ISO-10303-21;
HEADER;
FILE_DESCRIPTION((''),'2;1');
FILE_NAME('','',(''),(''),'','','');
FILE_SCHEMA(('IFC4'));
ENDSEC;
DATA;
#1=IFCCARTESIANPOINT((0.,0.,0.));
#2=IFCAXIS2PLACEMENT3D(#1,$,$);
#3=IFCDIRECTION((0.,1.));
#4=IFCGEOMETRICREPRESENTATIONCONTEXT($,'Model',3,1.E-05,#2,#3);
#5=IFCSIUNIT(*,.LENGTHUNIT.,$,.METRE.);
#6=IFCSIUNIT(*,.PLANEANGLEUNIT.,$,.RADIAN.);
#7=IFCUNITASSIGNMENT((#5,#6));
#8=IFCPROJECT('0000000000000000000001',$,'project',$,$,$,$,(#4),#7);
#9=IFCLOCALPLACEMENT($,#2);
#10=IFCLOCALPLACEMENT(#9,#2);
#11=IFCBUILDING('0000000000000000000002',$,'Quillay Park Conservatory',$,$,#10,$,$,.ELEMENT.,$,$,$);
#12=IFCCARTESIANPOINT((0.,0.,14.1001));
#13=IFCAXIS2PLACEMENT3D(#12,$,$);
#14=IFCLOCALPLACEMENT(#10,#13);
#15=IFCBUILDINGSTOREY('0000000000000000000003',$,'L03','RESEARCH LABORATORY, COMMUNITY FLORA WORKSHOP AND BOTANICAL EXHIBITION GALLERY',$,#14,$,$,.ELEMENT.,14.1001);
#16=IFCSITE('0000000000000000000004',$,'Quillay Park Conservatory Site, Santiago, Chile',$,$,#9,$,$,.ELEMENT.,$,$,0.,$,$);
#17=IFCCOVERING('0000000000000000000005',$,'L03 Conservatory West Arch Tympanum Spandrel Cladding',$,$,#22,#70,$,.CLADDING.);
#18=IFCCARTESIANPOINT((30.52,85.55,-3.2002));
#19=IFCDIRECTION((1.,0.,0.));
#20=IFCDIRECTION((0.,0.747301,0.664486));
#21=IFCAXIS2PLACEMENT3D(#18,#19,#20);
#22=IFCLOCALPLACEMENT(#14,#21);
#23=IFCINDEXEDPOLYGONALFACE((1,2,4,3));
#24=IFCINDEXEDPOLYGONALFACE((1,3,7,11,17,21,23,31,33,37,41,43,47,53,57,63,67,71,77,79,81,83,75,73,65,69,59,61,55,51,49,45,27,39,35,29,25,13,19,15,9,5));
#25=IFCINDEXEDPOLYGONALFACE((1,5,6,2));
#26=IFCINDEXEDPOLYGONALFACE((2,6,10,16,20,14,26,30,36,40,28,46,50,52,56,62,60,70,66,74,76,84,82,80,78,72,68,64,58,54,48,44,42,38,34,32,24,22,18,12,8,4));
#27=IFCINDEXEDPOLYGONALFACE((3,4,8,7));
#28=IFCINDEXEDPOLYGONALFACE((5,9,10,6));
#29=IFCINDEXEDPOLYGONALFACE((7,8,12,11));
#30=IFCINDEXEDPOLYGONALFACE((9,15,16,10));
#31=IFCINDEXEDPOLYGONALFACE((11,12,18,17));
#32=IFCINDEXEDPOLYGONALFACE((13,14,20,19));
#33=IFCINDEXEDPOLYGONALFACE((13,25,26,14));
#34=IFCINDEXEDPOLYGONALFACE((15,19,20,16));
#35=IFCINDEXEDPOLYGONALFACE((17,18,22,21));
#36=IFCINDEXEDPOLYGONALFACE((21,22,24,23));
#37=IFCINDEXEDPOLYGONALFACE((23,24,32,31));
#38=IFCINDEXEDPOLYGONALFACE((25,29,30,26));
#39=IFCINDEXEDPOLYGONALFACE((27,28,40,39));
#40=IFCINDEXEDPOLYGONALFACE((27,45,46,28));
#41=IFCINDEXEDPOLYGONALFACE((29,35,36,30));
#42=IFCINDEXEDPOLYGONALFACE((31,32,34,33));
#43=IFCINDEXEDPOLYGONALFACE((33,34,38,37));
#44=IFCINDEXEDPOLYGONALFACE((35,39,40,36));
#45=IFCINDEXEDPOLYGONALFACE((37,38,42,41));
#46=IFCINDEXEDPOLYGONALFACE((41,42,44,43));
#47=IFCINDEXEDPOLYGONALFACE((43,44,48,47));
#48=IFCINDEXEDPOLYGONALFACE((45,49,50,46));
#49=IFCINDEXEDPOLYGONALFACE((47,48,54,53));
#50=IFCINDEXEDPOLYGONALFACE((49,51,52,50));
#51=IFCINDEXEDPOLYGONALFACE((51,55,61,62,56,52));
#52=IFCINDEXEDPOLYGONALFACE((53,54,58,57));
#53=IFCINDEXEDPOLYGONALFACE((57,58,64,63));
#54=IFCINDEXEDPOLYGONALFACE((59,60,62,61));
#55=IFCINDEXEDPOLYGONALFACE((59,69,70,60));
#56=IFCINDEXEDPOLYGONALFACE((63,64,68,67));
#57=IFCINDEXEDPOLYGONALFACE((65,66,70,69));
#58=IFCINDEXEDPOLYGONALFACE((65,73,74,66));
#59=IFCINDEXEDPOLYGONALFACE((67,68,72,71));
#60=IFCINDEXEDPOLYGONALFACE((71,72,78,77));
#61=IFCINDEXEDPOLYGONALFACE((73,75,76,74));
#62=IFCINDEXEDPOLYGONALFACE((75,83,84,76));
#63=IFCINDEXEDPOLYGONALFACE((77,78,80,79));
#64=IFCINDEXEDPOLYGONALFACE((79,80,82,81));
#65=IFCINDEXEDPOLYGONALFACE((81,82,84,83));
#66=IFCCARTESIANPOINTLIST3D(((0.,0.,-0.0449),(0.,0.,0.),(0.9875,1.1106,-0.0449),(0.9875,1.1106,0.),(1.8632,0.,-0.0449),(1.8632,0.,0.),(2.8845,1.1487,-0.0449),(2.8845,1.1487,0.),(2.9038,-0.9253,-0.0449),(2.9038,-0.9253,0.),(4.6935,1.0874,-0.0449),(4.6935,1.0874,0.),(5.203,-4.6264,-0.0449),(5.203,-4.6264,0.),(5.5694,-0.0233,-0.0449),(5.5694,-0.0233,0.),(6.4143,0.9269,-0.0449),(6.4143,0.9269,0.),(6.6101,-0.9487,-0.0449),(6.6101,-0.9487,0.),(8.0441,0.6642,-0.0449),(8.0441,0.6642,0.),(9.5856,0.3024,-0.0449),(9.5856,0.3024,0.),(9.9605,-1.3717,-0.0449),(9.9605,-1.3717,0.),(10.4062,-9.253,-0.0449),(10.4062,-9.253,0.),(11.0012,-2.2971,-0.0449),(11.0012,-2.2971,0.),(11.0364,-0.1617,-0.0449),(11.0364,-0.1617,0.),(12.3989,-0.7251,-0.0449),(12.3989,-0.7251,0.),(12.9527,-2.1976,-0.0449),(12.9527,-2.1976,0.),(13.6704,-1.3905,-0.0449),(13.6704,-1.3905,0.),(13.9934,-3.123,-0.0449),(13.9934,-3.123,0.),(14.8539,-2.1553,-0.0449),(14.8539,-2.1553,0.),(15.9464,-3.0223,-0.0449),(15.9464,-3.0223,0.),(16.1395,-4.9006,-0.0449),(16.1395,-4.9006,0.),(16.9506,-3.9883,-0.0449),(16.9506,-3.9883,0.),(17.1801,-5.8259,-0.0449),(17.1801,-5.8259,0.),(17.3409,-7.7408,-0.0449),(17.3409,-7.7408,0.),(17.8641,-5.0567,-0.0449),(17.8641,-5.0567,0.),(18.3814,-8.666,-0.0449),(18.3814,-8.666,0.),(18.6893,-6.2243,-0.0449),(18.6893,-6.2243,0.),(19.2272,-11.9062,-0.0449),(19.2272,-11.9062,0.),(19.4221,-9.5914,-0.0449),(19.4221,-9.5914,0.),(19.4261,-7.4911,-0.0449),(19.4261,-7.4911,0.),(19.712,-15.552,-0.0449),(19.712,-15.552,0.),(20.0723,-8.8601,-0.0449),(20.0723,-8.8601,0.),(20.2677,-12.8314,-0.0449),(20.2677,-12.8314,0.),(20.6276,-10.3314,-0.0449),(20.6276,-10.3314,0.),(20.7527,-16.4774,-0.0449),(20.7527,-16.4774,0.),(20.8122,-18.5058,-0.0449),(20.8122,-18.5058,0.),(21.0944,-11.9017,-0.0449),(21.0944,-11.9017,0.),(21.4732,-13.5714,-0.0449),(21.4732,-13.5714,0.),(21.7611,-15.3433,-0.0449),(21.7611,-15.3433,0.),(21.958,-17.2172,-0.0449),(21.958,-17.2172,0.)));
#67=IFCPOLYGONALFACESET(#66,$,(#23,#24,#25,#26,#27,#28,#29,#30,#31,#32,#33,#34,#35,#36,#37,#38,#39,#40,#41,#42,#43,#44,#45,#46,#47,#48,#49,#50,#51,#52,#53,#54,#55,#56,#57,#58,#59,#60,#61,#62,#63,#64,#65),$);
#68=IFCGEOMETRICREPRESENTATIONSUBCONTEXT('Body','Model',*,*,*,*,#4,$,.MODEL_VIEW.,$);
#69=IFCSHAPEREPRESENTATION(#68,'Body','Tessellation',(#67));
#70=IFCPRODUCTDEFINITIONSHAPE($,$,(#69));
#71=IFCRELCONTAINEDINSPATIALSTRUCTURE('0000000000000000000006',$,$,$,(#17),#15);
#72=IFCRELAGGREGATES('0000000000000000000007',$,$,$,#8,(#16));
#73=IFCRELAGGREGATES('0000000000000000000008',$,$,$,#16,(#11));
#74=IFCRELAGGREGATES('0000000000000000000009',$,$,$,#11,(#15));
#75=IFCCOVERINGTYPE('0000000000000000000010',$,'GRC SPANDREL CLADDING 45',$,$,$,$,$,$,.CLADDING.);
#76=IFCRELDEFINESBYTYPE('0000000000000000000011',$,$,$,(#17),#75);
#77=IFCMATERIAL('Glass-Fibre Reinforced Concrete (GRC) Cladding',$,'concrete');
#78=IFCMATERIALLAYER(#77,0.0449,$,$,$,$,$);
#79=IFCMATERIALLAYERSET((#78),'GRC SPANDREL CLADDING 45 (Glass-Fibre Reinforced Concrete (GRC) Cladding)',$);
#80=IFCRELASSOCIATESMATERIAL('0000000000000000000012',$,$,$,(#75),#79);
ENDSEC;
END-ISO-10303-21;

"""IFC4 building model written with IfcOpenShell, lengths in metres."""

from ifc_helpers import new_model, si_unit, direction, frame, origin, place, context, subcontext, project, spatial, polyline, outline, extrude, material, layer, layer_set, type_object, element, save


model = new_model("IFC4")

# Units and contexts
model_context = context("Model", 3, precision=1e-05, world=origin(), true_north=direction((0.0, 1.0)))
body_context = subcontext(model_context, "Body", "Model", "MODEL_VIEW")
ifc_project = project(units=[si_unit("LENGTHUNIT", "METRE"), si_unit("PLANEANGLEUNIT", "RADIAN")], contexts=[model_context])

# Site, building, storey
site_placement = place(None, origin())
site = spatial("IfcSite", under=ifc_project, at=site_placement, Name="Quillay Park Conservatory Site, Santiago, Chile", CompositionType="ELEMENT", RefElevation=0.0)
building_placement = place(site_placement, origin())
building = spatial("IfcBuilding", under=site, at=building_placement, Name="Quillay Park Conservatory", CompositionType="ELEMENT")
storey_placement = place(building_placement, frame((0.0, 0.0, 14.1001)))
storey = spatial("IfcBuildingStorey", under=building, at=storey_placement, Name="L03", Description="RESEARCH LABORATORY, COMMUNITY FLORA WORKSHOP AND BOTANICAL EXHIBITION GALLERY", CompositionType="ELEMENT", Elevation=14.1001)

# Covering
ifc_material_1 = material(Name="Glass-Fibre Reinforced Concrete (GRC) Cladding", Category="concrete")
ifc_layer_1 = layer(ifc_material_1, 0.0449)
ifc_layer_set_1 = layer_set([ifc_layer_1], Name="GRC SPANDREL CLADDING 45 (Glass-Fibre Reinforced Concrete (GRC) Cladding)")
covering_type = type_object("IfcCoveringType", Name="GRC SPANDREL CLADDING 45", PredefinedType="CLADDING", material=ifc_layer_set_1)
covering_placement = place(storey_placement, frame((30.52, 85.55, -3.2002), z_axis=(1.0, 0.0, 0.0), x_axis=(0.0, 0.747301, 0.664486)))
element("IfcCovering", 1, at=covering_placement, inside=storey, type_object=covering_type, Name="L03 Conservatory West Arch Tympanum Spandrel Cladding", PredefinedType="CLADDING", context=body_context, shape_type="SweptSolid", body=[
    extrude(outline(polyline([(0.0, 0.0), (1.8632, 0.0), (2.9038, -0.9253), (5.5694, -0.0233), (6.6101, -0.9487), (5.203, -4.6264), (9.9605, -1.3717), (11.0012, -2.2971), (12.9527, -2.1976), (13.9934, -3.123), (10.4062, -9.253), (16.1395, -4.9006), (17.1801, -5.8259), (17.3409, -7.7408), (18.3814, -8.666), (19.4221, -9.5914), (19.2272, -11.9062), (20.2677, -12.8314), (19.712, -15.552), (20.7527, -16.4774), (20.8122, -18.5058), (21.958, -17.2172), (21.7611, -15.3433), (21.4732, -13.5714), (21.0944, -11.9017), (20.6276, -10.3314), (20.0723, -8.8601), (19.4261, -7.4911), (18.6893, -6.2243), (17.8641, -5.0567), (16.9506, -3.9883), (15.9464, -3.0223), (14.8539, -2.1553), (13.6704, -1.3905), (12.3989, -0.7251), (11.0364, -0.1617), (9.5856, 0.3024), (8.0441, 0.6642), (6.4143, 0.9269), (4.6935, 1.0874), (2.8845, 1.1487), (0.9875, 1.1106), (0.0, 0.0)])), origin(), (0.0, 0.0, -1.0), 0.0449),
])

save(model, "model.ifc")
